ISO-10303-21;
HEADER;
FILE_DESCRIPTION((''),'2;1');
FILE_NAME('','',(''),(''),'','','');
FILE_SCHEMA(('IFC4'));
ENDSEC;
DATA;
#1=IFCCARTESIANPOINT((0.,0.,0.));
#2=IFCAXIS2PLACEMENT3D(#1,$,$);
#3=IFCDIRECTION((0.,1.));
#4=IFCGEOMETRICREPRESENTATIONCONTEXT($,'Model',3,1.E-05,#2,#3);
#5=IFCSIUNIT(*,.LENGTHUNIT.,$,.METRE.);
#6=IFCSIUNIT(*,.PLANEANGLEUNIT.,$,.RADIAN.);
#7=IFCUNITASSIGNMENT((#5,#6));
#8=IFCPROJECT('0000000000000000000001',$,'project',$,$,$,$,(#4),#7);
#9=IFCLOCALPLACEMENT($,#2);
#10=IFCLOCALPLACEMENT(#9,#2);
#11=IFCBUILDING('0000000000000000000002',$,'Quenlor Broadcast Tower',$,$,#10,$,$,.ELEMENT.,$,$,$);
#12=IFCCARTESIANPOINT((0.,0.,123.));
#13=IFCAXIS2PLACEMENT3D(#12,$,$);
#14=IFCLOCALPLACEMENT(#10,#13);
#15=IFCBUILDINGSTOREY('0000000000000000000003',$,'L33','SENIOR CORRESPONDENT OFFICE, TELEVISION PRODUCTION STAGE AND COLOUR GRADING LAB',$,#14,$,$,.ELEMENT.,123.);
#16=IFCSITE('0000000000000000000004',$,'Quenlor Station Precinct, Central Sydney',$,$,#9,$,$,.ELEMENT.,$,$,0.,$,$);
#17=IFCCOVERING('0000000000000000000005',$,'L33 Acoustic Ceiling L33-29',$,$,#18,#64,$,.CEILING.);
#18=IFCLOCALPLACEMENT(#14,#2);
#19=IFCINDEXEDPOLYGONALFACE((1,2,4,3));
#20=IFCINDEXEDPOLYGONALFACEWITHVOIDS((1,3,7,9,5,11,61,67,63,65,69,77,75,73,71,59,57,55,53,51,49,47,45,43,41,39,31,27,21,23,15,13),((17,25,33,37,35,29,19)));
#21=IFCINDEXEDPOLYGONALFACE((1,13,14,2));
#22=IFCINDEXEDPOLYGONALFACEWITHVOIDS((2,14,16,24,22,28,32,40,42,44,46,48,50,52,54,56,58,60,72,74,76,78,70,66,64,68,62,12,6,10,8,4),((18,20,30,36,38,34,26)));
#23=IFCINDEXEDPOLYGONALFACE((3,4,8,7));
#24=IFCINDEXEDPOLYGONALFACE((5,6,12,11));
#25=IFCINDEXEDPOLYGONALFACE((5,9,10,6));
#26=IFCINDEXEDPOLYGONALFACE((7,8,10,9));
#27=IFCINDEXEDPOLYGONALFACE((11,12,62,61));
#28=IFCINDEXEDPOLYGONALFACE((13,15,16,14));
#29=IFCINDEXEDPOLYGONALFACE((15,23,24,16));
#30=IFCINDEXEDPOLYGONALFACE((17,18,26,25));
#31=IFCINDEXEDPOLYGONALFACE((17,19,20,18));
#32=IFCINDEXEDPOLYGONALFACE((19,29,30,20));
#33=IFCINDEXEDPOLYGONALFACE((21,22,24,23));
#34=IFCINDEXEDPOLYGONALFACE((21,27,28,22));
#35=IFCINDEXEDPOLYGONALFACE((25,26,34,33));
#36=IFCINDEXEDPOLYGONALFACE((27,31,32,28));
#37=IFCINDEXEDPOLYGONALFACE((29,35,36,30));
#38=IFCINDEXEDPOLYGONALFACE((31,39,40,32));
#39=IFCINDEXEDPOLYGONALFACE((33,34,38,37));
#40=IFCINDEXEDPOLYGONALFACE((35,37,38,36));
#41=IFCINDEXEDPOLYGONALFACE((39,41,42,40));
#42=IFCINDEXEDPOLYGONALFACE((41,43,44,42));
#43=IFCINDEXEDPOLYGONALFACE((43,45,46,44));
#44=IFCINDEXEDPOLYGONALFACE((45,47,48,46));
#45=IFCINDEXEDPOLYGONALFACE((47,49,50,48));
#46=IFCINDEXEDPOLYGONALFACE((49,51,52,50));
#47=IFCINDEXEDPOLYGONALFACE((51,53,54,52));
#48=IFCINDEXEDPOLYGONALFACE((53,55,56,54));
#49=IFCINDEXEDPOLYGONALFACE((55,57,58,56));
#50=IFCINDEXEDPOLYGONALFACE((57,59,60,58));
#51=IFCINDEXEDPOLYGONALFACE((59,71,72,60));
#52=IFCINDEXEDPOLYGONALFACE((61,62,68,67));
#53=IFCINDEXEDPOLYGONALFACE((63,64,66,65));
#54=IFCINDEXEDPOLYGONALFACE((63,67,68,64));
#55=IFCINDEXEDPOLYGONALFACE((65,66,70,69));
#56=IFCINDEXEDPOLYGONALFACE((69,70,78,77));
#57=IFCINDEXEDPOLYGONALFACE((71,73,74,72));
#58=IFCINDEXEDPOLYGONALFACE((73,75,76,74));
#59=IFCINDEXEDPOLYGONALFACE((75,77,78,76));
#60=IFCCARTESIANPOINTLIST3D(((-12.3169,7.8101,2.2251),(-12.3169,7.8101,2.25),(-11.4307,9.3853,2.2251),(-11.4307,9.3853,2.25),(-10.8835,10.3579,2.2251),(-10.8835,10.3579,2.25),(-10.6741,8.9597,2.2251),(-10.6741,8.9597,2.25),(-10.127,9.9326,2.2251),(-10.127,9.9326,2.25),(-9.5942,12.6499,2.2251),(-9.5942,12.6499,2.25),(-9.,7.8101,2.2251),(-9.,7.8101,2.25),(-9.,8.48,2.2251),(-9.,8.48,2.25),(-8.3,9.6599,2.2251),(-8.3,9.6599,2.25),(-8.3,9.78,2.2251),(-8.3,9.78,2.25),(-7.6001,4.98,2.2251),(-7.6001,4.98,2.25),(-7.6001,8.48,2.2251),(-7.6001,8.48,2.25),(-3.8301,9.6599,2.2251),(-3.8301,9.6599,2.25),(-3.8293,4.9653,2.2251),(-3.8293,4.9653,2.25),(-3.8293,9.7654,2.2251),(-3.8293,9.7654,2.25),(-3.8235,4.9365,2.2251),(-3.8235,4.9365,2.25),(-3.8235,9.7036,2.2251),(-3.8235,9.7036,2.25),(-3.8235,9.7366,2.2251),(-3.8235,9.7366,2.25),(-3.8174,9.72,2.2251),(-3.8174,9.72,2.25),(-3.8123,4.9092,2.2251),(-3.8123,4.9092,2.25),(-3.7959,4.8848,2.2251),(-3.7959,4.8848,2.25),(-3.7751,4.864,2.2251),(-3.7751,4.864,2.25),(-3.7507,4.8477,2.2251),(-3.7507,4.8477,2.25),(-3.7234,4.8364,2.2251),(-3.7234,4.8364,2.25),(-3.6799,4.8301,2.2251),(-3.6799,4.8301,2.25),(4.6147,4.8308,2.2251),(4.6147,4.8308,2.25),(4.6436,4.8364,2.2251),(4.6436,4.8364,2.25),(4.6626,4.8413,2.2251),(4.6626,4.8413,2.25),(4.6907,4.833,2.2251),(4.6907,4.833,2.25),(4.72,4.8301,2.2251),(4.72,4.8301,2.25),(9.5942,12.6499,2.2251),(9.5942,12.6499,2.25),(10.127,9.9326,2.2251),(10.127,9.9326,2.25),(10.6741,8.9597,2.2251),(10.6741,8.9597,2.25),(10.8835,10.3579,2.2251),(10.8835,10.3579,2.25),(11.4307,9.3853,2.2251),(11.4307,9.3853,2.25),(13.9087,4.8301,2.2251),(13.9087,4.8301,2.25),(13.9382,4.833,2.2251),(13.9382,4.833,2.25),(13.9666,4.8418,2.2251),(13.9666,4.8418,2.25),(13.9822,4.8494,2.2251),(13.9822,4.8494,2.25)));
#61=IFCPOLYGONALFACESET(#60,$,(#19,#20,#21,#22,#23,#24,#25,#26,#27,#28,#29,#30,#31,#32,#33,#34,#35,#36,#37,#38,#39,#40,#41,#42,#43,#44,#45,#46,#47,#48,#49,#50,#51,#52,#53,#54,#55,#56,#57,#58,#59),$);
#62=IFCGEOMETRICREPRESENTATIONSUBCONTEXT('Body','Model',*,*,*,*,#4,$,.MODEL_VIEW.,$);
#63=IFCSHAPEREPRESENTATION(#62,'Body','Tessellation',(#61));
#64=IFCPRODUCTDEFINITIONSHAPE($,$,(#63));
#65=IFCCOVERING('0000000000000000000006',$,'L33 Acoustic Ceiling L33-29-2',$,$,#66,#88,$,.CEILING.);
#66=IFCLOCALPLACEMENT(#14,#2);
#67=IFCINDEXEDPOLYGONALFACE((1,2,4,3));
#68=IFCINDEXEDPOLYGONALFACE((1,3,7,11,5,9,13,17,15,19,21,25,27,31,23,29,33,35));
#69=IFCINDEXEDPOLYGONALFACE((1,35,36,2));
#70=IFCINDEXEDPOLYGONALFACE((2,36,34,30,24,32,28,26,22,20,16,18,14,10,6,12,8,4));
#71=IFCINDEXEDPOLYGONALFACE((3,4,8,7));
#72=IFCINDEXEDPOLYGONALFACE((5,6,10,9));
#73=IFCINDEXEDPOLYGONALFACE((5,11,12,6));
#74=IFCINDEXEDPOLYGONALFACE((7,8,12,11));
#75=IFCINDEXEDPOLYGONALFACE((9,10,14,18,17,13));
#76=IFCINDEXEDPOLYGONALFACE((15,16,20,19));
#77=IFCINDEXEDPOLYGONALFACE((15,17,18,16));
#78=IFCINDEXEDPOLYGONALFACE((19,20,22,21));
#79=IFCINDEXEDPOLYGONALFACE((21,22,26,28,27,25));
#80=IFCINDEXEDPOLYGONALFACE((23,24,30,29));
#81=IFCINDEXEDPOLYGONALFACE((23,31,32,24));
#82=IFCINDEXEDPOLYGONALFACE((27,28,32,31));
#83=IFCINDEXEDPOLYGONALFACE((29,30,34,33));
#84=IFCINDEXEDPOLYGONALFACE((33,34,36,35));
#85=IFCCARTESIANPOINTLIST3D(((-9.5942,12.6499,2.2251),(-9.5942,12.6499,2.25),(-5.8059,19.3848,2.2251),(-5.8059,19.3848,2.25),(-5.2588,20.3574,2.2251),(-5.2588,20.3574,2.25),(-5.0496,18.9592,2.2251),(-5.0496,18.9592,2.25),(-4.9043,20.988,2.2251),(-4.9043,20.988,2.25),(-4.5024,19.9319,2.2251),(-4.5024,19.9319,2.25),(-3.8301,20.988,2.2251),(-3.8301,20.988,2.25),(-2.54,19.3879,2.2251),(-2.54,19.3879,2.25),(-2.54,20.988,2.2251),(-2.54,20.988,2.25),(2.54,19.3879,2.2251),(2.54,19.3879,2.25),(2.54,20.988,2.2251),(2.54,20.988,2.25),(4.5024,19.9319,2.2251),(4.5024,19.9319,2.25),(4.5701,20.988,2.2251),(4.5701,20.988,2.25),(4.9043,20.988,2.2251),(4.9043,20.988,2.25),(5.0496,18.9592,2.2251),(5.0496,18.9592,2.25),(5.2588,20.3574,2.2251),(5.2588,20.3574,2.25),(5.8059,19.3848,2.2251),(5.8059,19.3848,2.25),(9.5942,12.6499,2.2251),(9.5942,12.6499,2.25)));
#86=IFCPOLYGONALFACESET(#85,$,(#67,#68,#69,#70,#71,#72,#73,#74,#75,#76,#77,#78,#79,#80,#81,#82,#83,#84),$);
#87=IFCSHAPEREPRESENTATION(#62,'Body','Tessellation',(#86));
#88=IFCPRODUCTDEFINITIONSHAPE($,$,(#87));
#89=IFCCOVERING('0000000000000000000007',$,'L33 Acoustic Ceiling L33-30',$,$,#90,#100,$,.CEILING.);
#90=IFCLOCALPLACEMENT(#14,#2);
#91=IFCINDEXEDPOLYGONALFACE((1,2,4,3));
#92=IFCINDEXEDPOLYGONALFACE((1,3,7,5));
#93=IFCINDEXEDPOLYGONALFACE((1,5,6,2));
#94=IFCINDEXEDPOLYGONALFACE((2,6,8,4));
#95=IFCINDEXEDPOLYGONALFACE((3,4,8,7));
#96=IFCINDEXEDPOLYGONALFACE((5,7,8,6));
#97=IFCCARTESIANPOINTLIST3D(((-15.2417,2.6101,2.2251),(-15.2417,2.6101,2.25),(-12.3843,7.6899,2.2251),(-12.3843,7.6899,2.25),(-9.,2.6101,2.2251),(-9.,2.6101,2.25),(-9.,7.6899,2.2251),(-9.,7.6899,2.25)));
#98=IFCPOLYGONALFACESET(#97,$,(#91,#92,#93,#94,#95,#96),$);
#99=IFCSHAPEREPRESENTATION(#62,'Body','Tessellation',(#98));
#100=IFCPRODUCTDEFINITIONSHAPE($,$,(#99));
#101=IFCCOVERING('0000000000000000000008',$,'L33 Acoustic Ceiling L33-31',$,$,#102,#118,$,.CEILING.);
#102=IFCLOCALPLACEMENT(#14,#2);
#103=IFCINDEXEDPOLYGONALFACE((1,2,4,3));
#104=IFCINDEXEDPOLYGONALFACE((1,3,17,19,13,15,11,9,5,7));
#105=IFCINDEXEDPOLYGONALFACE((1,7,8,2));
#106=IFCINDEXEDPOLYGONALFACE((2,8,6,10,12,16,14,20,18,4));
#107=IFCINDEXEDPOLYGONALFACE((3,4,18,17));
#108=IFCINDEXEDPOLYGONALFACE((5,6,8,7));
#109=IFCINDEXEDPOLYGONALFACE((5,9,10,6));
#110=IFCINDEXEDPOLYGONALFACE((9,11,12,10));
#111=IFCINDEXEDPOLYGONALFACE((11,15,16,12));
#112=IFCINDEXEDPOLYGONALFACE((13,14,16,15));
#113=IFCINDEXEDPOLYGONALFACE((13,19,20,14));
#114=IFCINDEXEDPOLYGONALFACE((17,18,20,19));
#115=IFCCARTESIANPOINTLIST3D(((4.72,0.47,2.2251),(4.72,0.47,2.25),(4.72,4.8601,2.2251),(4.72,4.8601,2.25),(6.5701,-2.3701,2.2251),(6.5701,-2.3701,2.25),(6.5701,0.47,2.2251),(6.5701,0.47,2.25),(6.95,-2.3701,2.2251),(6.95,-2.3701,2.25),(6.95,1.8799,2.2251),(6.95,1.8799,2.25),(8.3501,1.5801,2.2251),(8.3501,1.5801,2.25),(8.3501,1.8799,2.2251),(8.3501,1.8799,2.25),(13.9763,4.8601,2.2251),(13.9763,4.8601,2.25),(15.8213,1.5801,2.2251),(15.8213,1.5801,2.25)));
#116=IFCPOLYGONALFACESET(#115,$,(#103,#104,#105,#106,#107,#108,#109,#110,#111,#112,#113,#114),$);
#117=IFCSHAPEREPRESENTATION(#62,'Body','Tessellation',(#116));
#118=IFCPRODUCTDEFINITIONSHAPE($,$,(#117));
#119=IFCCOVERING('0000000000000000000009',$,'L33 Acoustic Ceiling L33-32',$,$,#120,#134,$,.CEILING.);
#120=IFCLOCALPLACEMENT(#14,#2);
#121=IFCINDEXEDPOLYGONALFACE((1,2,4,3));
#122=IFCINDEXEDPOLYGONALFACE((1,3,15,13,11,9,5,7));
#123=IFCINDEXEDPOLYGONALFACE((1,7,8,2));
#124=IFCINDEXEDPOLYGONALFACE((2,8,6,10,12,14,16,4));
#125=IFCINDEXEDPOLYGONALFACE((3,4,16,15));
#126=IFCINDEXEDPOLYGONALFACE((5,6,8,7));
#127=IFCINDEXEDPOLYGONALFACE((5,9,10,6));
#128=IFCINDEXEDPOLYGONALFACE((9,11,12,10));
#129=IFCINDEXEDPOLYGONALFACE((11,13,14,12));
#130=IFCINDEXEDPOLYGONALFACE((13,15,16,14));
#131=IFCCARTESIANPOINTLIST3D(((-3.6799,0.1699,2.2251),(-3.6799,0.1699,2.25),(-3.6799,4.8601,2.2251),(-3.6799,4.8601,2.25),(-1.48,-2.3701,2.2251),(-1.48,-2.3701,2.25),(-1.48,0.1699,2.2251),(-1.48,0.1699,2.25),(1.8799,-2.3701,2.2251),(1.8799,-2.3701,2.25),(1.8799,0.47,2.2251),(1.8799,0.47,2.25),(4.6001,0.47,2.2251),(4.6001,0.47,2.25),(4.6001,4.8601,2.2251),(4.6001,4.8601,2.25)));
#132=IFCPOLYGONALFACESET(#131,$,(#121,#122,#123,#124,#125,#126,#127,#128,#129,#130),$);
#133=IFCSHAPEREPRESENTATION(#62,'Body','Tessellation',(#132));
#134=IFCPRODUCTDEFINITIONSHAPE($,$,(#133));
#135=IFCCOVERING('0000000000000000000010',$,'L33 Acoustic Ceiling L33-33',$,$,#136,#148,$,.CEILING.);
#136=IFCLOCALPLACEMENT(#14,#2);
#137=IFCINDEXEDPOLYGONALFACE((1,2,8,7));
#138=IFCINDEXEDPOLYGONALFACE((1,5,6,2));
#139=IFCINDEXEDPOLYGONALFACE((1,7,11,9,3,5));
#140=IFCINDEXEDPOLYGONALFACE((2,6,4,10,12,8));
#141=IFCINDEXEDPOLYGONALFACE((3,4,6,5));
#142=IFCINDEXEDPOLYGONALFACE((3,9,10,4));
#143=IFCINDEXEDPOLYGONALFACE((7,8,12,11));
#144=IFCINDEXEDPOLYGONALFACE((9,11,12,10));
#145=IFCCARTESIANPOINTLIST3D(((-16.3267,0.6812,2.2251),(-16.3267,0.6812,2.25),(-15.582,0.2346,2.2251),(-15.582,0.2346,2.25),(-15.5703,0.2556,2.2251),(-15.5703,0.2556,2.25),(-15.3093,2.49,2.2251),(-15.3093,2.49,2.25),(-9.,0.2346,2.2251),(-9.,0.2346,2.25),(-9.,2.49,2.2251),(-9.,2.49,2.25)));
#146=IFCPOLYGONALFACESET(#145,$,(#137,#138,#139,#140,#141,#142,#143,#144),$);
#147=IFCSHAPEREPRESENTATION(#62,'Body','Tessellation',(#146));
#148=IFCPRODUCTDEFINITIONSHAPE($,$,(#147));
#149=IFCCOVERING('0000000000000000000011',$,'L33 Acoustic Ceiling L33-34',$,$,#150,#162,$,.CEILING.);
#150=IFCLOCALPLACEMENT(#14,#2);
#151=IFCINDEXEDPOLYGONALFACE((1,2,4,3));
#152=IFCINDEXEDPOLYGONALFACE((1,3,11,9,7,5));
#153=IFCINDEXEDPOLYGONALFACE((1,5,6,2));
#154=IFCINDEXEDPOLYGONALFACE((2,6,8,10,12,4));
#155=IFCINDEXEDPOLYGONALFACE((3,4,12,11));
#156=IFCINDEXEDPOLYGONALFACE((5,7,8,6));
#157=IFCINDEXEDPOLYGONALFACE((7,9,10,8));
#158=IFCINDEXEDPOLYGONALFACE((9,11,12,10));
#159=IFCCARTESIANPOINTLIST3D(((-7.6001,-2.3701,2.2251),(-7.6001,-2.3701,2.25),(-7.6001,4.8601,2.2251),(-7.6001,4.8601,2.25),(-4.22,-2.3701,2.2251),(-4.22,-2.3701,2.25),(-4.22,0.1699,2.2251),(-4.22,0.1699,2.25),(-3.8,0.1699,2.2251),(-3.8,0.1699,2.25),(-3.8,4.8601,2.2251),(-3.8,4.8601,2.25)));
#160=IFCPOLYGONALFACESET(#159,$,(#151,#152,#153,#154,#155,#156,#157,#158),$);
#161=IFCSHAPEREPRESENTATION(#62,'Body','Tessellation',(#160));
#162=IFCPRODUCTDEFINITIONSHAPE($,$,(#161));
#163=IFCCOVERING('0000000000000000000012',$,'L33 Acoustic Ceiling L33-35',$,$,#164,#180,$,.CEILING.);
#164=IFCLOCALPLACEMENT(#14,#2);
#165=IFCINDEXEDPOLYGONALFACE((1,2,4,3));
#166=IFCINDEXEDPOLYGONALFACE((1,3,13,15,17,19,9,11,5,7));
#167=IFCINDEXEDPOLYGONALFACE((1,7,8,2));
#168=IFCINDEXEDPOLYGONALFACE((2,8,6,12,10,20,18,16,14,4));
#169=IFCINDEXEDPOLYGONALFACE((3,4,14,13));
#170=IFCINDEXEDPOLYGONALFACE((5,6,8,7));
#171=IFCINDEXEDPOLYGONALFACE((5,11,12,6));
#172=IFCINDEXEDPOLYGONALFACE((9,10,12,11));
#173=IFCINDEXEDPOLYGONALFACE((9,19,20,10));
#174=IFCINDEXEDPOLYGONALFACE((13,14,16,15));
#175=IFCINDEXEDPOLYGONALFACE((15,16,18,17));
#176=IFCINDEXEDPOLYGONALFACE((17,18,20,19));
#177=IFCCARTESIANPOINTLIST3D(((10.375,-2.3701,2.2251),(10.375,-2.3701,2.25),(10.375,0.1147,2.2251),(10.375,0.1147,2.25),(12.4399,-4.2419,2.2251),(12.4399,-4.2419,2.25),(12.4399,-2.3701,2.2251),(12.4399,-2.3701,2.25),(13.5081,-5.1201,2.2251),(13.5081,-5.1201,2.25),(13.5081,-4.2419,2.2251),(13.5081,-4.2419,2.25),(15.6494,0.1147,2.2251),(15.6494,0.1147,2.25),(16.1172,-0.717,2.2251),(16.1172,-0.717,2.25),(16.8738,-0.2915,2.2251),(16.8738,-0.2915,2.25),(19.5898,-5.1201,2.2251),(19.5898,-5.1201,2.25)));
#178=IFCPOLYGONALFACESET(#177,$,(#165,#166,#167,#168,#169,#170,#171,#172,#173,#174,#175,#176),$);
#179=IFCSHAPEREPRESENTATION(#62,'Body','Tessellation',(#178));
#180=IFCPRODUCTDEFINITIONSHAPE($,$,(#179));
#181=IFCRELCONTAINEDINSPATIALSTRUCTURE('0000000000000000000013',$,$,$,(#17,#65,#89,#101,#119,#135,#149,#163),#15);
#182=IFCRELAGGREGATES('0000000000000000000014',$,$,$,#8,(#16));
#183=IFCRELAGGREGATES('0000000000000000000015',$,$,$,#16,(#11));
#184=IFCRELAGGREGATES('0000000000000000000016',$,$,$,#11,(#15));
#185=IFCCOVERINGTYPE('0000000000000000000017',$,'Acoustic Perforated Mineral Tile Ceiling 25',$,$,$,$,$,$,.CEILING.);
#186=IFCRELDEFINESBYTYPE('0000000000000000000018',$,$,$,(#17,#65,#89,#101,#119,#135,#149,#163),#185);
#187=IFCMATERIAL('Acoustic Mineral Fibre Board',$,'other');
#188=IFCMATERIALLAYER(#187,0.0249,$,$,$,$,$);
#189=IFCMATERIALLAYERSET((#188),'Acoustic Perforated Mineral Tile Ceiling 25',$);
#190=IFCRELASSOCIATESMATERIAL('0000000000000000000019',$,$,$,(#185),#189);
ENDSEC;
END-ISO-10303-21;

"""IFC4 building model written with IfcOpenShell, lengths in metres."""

from ifc_helpers import new_model, si_unit, direction, frame, origin, place, context, subcontext, project, spatial, polyline, outline, extrude, material, layer, layer_set, type_object, element, save


model = new_model("IFC4")

# Units and contexts
model_context = context("Model", 3, precision=1e-05, world=origin(), true_north=direction((0.0, 1.0)))
body_context = subcontext(model_context, "Body", "Model", "MODEL_VIEW")
ifc_project = project(units=[si_unit("LENGTHUNIT", "METRE"), si_unit("PLANEANGLEUNIT", "RADIAN")], contexts=[model_context])

# Site, building, storey
site_placement = place(None, origin())
site = spatial("IfcSite", under=ifc_project, at=site_placement, Name="Quenlor Station Precinct, Central Sydney", CompositionType="ELEMENT", RefElevation=0.0)
building_placement = place(site_placement, origin())
building = spatial("IfcBuilding", under=site, at=building_placement, Name="Quenlor Broadcast Tower", CompositionType="ELEMENT")
storey_placement = place(building_placement, frame((0.0, 0.0, 123.0)))
storey = spatial("IfcBuildingStorey", under=building, at=storey_placement, Name="L33", Description="SENIOR CORRESPONDENT OFFICE, TELEVISION PRODUCTION STAGE AND COLOUR GRADING LAB", CompositionType="ELEMENT", Elevation=123.0)

# Coverings
ifc_material_1 = material(Name="Acoustic Mineral Fibre Board", Category="other")
ifc_layer_1 = layer(ifc_material_1, 0.0249)
ifc_layer_set_1 = layer_set([ifc_layer_1], Name="Acoustic Perforated Mineral Tile Ceiling 25")
covering_type_1 = type_object("IfcCoveringType", Name="Acoustic Perforated Mineral Tile Ceiling 25", PredefinedType="CEILING", material=ifc_layer_set_1)
covering_1_placement = place(storey_placement, frame((0.0, 0.0, 2.2251)))
element("IfcCovering", 1, at=covering_1_placement, inside=storey, type_object=covering_type_1, Name="L33 Acoustic Ceiling L33-29", PredefinedType="CEILING", context=body_context, shape_type="SweptSolid", body=[
    extrude(outline(polyline([(-3.7751, 4.864), (-3.7959, 4.8848), (-3.8123, 4.9092), (-3.8235, 4.9365), (-3.8293, 4.9653), (-7.6001, 4.98), (-7.6001, 8.48), (-9.0, 8.48), (-9.0, 7.8101), (-12.3169, 7.8101), (-11.4307, 9.3853), (-10.6741, 8.9597), (-10.127, 9.9326), (-10.8835, 10.3579), (-9.5942, 12.6499), (9.5942, 12.6499), (10.8835, 10.3579), (10.127, 9.9326), (10.6741, 8.9597), (11.4307, 9.3853), (13.9822, 4.8494), (13.9666, 4.8418), (13.9382, 4.833), (13.9087, 4.8301), (4.72, 4.8301), (4.6907, 4.833), (4.6626, 4.8413), (4.6436, 4.8364), (4.6147, 4.8308), (-3.6799, 4.8301), (-3.7234, 4.8364), (-3.7507, 4.8477), (-3.7751, 4.864)]), holes=[polyline([(-3.8235, 9.7366), (-3.8293, 9.7654), (-8.3, 9.78), (-8.3, 9.6599), (-3.8301, 9.6599), (-3.8235, 9.7036), (-3.8174, 9.72), (-3.8235, 9.7366)])]), origin(), (0.0, 0.0, 1.0), 0.0249),
])
covering_2_placement = place(storey_placement, frame((0.0, 0.0, 2.2251)))
element("IfcCovering", 2, at=covering_2_placement, inside=storey, type_object=covering_type_1, Name="L33 Acoustic Ceiling L33-29-2", PredefinedType="CEILING", context=body_context, shape_type="SweptSolid", body=[
    extrude(outline(polyline([(-5.8059, 19.3848), (-5.0496, 18.9592), (-4.5024, 19.9319), (-5.2588, 20.3574), (-4.9043, 20.988), (-3.8301, 20.988), (-2.54, 20.988), (-2.54, 19.3879), (2.54, 19.3879), (2.54, 20.988), (4.5701, 20.988), (4.9043, 20.988), (5.2588, 20.3574), (4.5024, 19.9319), (5.0496, 18.9592), (5.8059, 19.3848), (9.5942, 12.6499), (-9.5942, 12.6499), (-5.8059, 19.3848)])), origin(), (0.0, 0.0, 1.0), 0.0249),
])
covering_3_placement = place(storey_placement, frame((0.0, 0.0, 2.2251)))
element("IfcCovering", 3, at=covering_3_placement, inside=storey, type_object=covering_type_1, Name="L33 Acoustic Ceiling L33-30", PredefinedType="CEILING", context=body_context, shape_type="SweptSolid", body=[
    extrude(outline(polyline([(-15.2417, 2.6101), (-12.3843, 7.6899), (-9.0, 7.6899), (-9.0, 2.6101), (-15.2417, 2.6101)])), origin(), (0.0, 0.0, 1.0), 0.0249),
])
covering_4_placement = place(storey_placement, frame((0.0, 0.0, 2.2251)))
element("IfcCovering", 4, at=covering_4_placement, inside=storey, type_object=covering_type_1, Name="L33 Acoustic Ceiling L33-31", PredefinedType="CEILING", context=body_context, shape_type="SweptSolid", body=[
    extrude(outline(polyline([(6.95, 1.8799), (6.95, -2.3701), (6.5701, -2.3701), (6.5701, 0.47), (4.72, 0.47), (4.72, 4.8601), (13.9763, 4.8601), (15.8213, 1.5801), (8.3501, 1.5801), (8.3501, 1.8799), (6.95, 1.8799)])), origin(), (0.0, 0.0, 1.0), 0.0249),
])
covering_5_placement = place(storey_placement, frame((0.0, 0.0, 2.2251)))
element("IfcCovering", 5, at=covering_5_placement, inside=storey, type_object=covering_type_1, Name="L33 Acoustic Ceiling L33-32", PredefinedType="CEILING", context=body_context, shape_type="SweptSolid", body=[
    extrude(outline(polyline([(-1.48, 0.1699), (-3.6799, 0.1699), (-3.6799, 4.8601), (4.6001, 4.8601), (4.6001, 0.47), (1.8799, 0.47), (1.8799, -2.3701), (-1.48, -2.3701), (-1.48, 0.1699)])), origin(), (0.0, 0.0, 1.0), 0.0249),
])
covering_6_placement = place(storey_placement, frame((0.0, 0.0, 2.2251)))
element("IfcCovering", 6, at=covering_6_placement, inside=storey, type_object=covering_type_1, Name="L33 Acoustic Ceiling L33-33", PredefinedType="CEILING", context=body_context, shape_type="SweptSolid", body=[
    extrude(outline(polyline([(-15.582, 0.2346), (-15.5703, 0.2556), (-16.3267, 0.6812), (-15.3093, 2.49), (-9.0, 2.49), (-9.0, 0.2346), (-15.582, 0.2346)])), origin(), (0.0, 0.0, 1.0), 0.0249),
])
covering_7_placement = place(storey_placement, frame((0.0, 0.0, 2.2251)))
element("IfcCovering", 7, at=covering_7_placement, inside=storey, type_object=covering_type_1, Name="L33 Acoustic Ceiling L33-34", PredefinedType="CEILING", context=body_context, shape_type="SweptSolid", body=[
    extrude(outline(polyline([(-7.6001, 4.8601), (-3.8, 4.8601), (-3.8, 0.1699), (-4.22, 0.1699), (-4.22, -2.3701), (-7.6001, -2.3701), (-7.6001, 4.8601)])), origin(), (0.0, 0.0, 1.0), 0.0249),
])
covering_8_placement = place(storey_placement, frame((0.0, 0.0, 2.2251)))
element("IfcCovering", 8, at=covering_8_placement, inside=storey, type_object=covering_type_1, Name="L33 Acoustic Ceiling L33-35", PredefinedType="CEILING", context=body_context, shape_type="SweptSolid", body=[
    extrude(outline(polyline([(13.5081, -4.2419), (12.4399, -4.2419), (12.4399, -2.3701), (10.375, -2.3701), (10.375, 0.1147), (15.6494, 0.1147), (16.1172, -0.717), (16.8738, -0.2915), (19.5898, -5.1201), (13.5081, -5.1201), (13.5081, -4.2419)])), origin(), (0.0, 0.0, 1.0), 0.0249),
])

save(model, "model.ifc")
